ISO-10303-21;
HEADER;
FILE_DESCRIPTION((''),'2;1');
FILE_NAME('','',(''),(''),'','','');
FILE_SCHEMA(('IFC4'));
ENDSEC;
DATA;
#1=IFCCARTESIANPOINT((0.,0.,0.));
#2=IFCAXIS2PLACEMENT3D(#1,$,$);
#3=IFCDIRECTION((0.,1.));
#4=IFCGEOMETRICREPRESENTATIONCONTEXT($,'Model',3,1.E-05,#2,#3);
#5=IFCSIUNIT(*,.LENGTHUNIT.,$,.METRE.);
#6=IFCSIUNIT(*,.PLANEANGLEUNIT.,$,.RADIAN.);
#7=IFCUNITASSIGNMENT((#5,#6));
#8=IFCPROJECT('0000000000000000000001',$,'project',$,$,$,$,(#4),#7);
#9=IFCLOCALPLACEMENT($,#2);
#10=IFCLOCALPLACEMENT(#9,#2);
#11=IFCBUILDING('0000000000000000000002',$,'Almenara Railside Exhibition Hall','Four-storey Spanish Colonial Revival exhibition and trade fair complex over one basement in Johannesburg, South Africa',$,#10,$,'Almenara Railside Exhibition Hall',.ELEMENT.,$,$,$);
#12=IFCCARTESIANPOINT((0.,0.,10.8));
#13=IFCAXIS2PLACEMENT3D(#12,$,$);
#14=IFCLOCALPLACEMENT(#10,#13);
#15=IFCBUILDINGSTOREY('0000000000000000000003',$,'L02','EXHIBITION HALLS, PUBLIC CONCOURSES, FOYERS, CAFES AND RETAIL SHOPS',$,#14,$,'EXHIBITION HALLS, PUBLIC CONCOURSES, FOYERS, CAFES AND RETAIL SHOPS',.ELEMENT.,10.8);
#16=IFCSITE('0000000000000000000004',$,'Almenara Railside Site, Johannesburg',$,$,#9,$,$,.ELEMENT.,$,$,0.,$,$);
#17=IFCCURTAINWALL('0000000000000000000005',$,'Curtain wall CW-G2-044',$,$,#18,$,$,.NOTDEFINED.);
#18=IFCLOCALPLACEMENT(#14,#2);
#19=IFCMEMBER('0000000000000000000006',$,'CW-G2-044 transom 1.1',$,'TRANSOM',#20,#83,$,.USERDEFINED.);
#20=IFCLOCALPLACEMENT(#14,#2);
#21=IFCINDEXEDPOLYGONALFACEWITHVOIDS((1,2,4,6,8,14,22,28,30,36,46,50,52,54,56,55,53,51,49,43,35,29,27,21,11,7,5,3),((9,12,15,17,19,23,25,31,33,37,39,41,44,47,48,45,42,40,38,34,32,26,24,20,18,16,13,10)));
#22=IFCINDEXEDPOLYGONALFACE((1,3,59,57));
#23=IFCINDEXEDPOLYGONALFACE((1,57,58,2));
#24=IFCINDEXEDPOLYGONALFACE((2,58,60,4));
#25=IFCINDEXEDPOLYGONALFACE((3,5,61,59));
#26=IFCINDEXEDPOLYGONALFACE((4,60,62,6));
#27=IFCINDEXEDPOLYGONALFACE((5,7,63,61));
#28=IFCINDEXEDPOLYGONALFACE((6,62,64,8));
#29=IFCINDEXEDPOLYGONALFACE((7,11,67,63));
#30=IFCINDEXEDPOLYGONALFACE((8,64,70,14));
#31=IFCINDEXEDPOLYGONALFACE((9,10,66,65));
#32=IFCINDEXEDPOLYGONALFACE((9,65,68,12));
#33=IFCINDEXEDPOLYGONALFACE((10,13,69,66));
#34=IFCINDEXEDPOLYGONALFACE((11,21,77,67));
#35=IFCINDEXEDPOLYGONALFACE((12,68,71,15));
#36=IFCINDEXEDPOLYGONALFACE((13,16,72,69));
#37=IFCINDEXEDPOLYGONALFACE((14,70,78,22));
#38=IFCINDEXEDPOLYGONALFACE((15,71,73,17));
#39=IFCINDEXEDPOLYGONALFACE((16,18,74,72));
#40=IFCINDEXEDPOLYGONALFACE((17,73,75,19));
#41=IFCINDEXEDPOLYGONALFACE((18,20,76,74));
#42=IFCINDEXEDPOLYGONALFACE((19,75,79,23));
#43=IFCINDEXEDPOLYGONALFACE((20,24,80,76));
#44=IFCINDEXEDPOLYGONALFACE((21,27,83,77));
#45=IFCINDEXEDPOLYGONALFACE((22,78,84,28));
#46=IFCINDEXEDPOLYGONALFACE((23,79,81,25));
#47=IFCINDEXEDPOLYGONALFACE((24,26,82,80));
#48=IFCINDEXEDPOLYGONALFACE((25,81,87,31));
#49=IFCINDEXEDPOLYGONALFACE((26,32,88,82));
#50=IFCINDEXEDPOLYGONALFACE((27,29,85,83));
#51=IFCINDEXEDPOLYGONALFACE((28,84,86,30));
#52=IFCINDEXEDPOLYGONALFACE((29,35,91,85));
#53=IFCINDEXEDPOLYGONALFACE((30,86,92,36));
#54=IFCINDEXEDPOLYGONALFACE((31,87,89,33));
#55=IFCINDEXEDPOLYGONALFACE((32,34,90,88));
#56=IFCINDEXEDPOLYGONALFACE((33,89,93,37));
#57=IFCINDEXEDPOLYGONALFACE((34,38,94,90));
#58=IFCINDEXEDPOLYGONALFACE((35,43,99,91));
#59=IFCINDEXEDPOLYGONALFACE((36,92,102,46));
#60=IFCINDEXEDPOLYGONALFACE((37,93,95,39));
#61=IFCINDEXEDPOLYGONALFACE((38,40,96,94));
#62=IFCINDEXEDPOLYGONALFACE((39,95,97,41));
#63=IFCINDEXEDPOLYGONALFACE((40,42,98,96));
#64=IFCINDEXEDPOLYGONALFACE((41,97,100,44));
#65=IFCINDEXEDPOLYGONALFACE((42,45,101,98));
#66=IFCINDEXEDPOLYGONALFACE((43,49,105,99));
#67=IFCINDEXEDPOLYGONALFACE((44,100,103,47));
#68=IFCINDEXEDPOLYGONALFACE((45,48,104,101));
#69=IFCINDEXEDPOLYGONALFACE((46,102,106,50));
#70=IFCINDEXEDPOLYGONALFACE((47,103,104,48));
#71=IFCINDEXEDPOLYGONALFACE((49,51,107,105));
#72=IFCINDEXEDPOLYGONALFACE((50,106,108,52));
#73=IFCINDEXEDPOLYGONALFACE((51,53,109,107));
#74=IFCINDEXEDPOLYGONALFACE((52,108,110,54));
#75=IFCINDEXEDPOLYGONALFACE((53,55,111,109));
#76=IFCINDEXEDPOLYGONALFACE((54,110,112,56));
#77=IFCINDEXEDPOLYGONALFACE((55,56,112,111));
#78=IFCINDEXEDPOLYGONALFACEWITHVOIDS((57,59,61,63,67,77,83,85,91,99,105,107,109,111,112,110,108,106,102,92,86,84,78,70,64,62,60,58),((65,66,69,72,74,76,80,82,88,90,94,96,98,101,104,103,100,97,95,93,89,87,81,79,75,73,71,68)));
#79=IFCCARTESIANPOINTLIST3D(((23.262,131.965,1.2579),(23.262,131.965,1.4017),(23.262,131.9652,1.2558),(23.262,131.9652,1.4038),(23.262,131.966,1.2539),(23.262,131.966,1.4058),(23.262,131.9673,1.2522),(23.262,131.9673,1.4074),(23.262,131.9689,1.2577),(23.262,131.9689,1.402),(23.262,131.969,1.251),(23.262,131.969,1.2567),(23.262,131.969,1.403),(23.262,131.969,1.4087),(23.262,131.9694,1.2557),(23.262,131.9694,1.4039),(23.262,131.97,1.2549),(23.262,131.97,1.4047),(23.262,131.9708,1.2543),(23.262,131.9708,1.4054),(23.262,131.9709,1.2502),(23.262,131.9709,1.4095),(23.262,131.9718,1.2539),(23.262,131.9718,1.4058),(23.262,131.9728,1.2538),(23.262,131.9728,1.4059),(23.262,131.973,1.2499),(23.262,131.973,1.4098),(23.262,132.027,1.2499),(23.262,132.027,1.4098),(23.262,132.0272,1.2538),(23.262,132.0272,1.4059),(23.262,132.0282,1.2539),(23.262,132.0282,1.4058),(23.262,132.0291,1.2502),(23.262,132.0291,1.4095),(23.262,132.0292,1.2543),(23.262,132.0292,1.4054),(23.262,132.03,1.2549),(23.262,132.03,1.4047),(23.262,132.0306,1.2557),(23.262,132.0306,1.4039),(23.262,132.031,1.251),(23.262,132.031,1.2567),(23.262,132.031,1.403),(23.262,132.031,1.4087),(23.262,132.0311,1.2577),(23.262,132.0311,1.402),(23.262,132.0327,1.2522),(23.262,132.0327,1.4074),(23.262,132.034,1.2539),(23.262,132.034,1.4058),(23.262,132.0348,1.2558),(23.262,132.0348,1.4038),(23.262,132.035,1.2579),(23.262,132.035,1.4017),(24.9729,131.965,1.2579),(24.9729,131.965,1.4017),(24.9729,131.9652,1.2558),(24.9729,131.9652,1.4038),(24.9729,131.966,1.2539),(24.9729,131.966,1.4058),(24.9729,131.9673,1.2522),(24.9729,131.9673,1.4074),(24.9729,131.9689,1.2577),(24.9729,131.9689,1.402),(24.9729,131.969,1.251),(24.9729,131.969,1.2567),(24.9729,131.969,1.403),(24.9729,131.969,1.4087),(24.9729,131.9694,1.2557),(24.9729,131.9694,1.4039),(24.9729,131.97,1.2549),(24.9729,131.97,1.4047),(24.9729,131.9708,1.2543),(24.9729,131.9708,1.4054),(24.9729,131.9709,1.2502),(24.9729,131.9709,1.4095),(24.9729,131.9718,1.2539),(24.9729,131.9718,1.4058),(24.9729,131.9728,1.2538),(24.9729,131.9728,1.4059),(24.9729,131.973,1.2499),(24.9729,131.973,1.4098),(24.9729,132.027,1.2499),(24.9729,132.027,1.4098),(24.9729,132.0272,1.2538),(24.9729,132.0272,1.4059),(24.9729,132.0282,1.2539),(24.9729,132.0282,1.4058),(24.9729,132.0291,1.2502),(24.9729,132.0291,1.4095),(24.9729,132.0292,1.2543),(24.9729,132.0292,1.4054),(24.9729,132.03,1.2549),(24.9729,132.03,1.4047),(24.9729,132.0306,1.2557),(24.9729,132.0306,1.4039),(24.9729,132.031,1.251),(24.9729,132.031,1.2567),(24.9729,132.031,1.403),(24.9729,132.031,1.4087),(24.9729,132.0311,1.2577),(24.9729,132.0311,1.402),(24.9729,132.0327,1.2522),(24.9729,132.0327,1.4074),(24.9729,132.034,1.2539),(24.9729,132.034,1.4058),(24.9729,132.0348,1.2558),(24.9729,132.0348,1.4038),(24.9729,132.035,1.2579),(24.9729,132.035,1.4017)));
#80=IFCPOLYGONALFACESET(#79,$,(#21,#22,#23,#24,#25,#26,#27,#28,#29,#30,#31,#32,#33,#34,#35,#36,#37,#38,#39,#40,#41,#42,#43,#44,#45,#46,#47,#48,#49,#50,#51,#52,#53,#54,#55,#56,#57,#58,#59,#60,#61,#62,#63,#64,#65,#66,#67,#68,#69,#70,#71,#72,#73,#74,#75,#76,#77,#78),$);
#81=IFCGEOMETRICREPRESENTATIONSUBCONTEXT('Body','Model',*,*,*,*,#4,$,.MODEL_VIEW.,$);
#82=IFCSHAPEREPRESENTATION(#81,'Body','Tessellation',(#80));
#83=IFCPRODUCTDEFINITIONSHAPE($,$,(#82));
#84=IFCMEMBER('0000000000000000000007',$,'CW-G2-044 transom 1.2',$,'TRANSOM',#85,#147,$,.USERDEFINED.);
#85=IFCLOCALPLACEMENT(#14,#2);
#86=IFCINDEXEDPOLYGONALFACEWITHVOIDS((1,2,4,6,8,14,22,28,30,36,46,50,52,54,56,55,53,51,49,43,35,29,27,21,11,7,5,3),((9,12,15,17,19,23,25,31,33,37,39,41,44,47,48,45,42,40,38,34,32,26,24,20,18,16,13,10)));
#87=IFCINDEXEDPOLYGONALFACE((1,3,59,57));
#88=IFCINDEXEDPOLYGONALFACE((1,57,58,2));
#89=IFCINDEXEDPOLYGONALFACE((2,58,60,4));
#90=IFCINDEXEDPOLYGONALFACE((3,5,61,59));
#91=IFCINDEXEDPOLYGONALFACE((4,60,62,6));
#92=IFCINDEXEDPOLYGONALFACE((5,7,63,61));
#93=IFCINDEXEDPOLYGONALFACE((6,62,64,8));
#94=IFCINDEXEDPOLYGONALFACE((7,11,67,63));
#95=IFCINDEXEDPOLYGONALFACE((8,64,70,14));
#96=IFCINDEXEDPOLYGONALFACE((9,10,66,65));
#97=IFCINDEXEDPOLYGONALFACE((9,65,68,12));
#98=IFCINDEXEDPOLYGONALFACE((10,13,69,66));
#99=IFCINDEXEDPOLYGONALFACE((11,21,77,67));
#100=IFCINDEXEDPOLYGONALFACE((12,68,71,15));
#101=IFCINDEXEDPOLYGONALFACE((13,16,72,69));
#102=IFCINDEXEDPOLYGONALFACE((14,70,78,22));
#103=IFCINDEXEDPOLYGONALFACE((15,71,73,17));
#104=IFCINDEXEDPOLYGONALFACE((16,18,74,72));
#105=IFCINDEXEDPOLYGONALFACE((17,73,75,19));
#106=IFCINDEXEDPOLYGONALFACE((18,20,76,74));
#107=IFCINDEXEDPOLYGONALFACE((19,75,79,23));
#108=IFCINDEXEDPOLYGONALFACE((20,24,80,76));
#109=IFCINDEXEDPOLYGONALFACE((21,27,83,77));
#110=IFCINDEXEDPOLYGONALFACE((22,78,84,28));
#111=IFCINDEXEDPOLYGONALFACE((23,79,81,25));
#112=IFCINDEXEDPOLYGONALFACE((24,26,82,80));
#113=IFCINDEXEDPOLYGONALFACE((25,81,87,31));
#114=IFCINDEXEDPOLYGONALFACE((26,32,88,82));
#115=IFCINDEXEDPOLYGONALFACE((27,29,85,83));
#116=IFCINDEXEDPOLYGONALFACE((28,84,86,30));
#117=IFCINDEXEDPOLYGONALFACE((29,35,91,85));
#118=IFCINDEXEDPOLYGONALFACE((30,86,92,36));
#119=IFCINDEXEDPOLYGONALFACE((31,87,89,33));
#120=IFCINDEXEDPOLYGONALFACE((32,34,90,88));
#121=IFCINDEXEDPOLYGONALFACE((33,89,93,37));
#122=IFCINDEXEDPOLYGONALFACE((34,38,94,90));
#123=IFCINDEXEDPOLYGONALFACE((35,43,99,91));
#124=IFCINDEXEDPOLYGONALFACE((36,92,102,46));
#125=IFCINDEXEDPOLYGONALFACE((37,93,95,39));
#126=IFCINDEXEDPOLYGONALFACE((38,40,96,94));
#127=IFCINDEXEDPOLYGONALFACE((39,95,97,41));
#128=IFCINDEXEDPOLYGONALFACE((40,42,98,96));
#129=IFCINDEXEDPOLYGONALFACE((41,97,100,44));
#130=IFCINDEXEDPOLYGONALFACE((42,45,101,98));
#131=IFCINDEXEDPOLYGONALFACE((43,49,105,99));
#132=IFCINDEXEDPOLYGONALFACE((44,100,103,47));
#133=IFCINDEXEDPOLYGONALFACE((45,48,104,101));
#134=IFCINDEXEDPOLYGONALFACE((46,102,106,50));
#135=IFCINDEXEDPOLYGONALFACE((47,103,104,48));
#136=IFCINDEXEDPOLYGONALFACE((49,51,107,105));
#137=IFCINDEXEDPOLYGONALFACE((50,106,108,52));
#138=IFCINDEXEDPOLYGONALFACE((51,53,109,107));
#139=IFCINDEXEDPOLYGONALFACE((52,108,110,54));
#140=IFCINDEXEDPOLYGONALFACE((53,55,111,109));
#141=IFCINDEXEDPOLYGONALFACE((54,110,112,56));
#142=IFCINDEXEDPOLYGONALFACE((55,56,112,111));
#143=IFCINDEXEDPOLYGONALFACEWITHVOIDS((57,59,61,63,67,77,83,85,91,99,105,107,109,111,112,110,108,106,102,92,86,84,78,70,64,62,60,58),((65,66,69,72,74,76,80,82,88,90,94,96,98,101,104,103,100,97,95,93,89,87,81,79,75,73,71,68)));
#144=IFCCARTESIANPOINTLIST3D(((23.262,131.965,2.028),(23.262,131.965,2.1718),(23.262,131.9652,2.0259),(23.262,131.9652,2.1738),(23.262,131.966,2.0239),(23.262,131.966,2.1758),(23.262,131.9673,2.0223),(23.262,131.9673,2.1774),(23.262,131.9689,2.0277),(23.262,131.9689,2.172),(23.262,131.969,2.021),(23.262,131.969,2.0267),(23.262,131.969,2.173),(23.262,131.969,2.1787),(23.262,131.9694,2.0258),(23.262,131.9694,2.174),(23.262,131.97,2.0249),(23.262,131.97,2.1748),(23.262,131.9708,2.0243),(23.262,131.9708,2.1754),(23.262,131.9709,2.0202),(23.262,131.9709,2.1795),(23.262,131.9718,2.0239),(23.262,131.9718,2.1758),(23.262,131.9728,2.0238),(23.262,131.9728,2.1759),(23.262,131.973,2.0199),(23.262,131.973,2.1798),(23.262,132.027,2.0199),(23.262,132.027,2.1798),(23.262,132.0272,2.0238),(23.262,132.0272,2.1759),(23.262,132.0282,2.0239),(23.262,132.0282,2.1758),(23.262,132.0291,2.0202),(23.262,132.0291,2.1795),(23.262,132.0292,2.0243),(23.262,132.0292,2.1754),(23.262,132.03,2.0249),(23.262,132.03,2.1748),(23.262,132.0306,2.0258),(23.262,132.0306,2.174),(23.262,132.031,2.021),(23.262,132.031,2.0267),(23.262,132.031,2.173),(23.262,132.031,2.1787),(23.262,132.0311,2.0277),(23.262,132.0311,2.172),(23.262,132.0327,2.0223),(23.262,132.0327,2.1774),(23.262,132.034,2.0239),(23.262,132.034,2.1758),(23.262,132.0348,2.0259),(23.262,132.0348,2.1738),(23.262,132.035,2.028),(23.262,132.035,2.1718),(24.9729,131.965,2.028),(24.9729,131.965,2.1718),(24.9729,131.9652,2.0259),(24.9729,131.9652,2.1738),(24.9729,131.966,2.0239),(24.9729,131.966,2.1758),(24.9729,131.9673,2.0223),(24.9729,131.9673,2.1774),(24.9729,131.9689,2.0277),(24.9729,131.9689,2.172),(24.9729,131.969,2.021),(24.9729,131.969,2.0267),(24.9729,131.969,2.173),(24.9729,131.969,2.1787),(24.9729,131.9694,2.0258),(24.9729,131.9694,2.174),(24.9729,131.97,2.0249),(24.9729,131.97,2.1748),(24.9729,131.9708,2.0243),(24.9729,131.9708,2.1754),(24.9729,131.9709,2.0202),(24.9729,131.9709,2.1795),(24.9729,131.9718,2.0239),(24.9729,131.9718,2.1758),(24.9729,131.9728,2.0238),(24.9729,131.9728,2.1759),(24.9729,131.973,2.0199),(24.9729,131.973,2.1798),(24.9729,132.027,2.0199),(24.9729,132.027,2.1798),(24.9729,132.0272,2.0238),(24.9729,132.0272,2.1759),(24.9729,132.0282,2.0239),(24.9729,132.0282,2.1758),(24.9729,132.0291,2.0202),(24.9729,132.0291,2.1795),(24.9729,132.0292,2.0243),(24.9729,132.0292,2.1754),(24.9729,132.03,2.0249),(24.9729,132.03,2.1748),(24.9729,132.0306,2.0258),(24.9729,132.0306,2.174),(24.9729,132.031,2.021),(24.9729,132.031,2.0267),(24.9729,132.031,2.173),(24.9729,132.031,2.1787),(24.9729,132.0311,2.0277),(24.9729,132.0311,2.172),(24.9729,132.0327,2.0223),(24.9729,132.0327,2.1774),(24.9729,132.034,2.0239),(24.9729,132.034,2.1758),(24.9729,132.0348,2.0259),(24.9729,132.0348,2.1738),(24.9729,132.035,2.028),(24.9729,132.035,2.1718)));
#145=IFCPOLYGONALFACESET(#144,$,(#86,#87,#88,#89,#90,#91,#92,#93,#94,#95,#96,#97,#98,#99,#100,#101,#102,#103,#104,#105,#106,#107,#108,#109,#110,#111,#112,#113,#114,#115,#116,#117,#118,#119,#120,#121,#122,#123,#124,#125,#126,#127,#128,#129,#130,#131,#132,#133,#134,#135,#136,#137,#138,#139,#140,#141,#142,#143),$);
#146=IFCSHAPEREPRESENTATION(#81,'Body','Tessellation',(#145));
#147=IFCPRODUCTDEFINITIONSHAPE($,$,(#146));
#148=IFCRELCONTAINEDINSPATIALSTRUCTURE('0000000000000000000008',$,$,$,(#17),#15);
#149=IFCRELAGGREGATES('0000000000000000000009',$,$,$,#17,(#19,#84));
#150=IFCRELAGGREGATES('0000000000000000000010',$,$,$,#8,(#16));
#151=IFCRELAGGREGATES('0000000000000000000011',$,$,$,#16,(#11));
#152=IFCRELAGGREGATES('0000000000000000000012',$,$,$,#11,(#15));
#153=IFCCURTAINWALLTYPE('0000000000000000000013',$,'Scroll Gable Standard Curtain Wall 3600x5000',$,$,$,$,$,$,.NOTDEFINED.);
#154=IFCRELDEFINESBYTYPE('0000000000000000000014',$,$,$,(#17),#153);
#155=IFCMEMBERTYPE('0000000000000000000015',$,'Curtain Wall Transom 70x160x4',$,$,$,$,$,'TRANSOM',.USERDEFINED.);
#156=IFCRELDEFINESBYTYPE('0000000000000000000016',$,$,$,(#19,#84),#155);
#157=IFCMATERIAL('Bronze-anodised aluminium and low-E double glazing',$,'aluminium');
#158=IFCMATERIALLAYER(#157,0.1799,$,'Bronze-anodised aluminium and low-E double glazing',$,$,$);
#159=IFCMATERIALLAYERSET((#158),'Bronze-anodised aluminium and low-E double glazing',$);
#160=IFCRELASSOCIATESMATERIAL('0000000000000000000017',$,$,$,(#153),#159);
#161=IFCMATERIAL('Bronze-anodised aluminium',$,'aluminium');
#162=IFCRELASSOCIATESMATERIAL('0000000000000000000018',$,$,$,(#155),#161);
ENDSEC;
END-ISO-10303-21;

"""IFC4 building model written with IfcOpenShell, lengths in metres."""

from ifc_helpers import new_model, si_unit, direction, frame, origin, origin_2d, place, context, subcontext, project, spatial, hollow_rectangle, extrude, material, layer, layer_set, material_profile, profile_set, type_object, element, aggregate, save


model = new_model("IFC4")

# Units and contexts
model_context = context("Model", 3, precision=1e-05, world=origin(), true_north=direction((0.0, 1.0)))
body_context = subcontext(model_context, "Body", "Model", "MODEL_VIEW")
ifc_project = project(units=[si_unit("LENGTHUNIT", "METRE"), si_unit("PLANEANGLEUNIT", "RADIAN")], contexts=[model_context])

# Site, building, storey
site_placement = place(None, origin())
site = spatial("IfcSite", under=ifc_project, at=site_placement, Name="Almenara Railside Site, Johannesburg", CompositionType="ELEMENT", RefElevation=0.0)
building_placement = place(site_placement, origin())
building = spatial("IfcBuilding", under=site, at=building_placement, Name="Almenara Railside Exhibition Hall", Description="Four-storey Spanish Colonial Revival exhibition and trade fair complex over one basement in Johannesburg, South Africa", LongName="Almenara Railside Exhibition Hall", CompositionType="ELEMENT")
storey_placement = place(building_placement, frame((0.0, 0.0, 10.8)))
storey = spatial("IfcBuildingStorey", under=building, at=storey_placement, Name="L02", Description="EXHIBITION HALLS, PUBLIC CONCOURSES, FOYERS, CAFES AND RETAIL SHOPS", LongName="EXHIBITION HALLS, PUBLIC CONCOURSES, FOYERS, CAFES AND RETAIL SHOPS", CompositionType="ELEMENT", Elevation=10.8)

# Curtain wall, members
ifc_material_1 = material(Name="Bronze-anodised aluminium and low-E double glazing", Category="aluminium")
ifc_layer_1 = layer(ifc_material_1, 0.1799, Name="Bronze-anodised aluminium and low-E double glazing")
ifc_layer_set_1 = layer_set([ifc_layer_1], Name="Bronze-anodised aluminium and low-E double glazing")
curtain_wall_type = type_object("IfcCurtainWallType", Name="Scroll Gable Standard Curtain Wall 3600x5000", PredefinedType="NOTDEFINED", material=ifc_layer_set_1)
curtain_wall_placement = place(storey_placement, origin())
curtain_wall = element("IfcCurtainWall", 1, at=curtain_wall_placement, inside=storey, type_object=curtain_wall_type, Name="Curtain wall CW-G2-044", PredefinedType="NOTDEFINED")
ifc_material_2 = material(Name="Bronze-anodised aluminium", Category="aluminium")
ifc_material_profile_1 = material_profile(ifc_material_2, hollow_rectangle(XDim=0.0701, YDim=0.1599, WallThickness=0.0039, InnerFilletRadius=0.0039, OuterFilletRadius=0.0081, at=origin_2d()), Name="ALU-TRN 70x160x4")
ifc_profile_set_1 = profile_set([ifc_material_profile_1], Name="Bronze-anodised aluminium")
member_type_1 = type_object("IfcMemberType", Name="Curtain Wall Transom 70x160x4", ElementType="TRANSOM", PredefinedType="USERDEFINED", material=ifc_profile_set_1)
member_1_placement = place(storey_placement, frame((23.262, 132.0, 1.3298), z_axis=(1.0, 0.0, 0.0), x_axis=(0.0, 1.0, 0.0)))
member_1 = element("IfcMember", 2, at=member_1_placement, type_object=member_type_1, Name="CW-G2-044 transom 1.1", ObjectType="TRANSOM", PredefinedType="USERDEFINED", context=body_context, shape_type="SweptSolid", body=[
    extrude(hollow_rectangle(XDim=0.0701, YDim=0.1599, WallThickness=0.0039, InnerFilletRadius=0.0039, OuterFilletRadius=0.0081, at=origin_2d()), origin(), (0.0, 0.0, 1.0), 1.7109),
])
member_2_placement = place(storey_placement, frame((23.262, 132.0, 2.0999), z_axis=(1.0, 0.0, 0.0), x_axis=(0.0, 1.0, 0.0)))
member_2 = element("IfcMember", 3, at=member_2_placement, type_object=member_type_1, Name="CW-G2-044 transom 1.2", ObjectType="TRANSOM", PredefinedType="USERDEFINED", context=body_context, shape_type="SweptSolid", body=[
    extrude(hollow_rectangle(XDim=0.0701, YDim=0.1599, WallThickness=0.0039, InnerFilletRadius=0.0039, OuterFilletRadius=0.0081, at=origin_2d()), origin(), (0.0, 0.0, 1.0), 1.7109),
])

aggregate(curtain_wall, [member_1, member_2])

save(model, "model.ifc")
